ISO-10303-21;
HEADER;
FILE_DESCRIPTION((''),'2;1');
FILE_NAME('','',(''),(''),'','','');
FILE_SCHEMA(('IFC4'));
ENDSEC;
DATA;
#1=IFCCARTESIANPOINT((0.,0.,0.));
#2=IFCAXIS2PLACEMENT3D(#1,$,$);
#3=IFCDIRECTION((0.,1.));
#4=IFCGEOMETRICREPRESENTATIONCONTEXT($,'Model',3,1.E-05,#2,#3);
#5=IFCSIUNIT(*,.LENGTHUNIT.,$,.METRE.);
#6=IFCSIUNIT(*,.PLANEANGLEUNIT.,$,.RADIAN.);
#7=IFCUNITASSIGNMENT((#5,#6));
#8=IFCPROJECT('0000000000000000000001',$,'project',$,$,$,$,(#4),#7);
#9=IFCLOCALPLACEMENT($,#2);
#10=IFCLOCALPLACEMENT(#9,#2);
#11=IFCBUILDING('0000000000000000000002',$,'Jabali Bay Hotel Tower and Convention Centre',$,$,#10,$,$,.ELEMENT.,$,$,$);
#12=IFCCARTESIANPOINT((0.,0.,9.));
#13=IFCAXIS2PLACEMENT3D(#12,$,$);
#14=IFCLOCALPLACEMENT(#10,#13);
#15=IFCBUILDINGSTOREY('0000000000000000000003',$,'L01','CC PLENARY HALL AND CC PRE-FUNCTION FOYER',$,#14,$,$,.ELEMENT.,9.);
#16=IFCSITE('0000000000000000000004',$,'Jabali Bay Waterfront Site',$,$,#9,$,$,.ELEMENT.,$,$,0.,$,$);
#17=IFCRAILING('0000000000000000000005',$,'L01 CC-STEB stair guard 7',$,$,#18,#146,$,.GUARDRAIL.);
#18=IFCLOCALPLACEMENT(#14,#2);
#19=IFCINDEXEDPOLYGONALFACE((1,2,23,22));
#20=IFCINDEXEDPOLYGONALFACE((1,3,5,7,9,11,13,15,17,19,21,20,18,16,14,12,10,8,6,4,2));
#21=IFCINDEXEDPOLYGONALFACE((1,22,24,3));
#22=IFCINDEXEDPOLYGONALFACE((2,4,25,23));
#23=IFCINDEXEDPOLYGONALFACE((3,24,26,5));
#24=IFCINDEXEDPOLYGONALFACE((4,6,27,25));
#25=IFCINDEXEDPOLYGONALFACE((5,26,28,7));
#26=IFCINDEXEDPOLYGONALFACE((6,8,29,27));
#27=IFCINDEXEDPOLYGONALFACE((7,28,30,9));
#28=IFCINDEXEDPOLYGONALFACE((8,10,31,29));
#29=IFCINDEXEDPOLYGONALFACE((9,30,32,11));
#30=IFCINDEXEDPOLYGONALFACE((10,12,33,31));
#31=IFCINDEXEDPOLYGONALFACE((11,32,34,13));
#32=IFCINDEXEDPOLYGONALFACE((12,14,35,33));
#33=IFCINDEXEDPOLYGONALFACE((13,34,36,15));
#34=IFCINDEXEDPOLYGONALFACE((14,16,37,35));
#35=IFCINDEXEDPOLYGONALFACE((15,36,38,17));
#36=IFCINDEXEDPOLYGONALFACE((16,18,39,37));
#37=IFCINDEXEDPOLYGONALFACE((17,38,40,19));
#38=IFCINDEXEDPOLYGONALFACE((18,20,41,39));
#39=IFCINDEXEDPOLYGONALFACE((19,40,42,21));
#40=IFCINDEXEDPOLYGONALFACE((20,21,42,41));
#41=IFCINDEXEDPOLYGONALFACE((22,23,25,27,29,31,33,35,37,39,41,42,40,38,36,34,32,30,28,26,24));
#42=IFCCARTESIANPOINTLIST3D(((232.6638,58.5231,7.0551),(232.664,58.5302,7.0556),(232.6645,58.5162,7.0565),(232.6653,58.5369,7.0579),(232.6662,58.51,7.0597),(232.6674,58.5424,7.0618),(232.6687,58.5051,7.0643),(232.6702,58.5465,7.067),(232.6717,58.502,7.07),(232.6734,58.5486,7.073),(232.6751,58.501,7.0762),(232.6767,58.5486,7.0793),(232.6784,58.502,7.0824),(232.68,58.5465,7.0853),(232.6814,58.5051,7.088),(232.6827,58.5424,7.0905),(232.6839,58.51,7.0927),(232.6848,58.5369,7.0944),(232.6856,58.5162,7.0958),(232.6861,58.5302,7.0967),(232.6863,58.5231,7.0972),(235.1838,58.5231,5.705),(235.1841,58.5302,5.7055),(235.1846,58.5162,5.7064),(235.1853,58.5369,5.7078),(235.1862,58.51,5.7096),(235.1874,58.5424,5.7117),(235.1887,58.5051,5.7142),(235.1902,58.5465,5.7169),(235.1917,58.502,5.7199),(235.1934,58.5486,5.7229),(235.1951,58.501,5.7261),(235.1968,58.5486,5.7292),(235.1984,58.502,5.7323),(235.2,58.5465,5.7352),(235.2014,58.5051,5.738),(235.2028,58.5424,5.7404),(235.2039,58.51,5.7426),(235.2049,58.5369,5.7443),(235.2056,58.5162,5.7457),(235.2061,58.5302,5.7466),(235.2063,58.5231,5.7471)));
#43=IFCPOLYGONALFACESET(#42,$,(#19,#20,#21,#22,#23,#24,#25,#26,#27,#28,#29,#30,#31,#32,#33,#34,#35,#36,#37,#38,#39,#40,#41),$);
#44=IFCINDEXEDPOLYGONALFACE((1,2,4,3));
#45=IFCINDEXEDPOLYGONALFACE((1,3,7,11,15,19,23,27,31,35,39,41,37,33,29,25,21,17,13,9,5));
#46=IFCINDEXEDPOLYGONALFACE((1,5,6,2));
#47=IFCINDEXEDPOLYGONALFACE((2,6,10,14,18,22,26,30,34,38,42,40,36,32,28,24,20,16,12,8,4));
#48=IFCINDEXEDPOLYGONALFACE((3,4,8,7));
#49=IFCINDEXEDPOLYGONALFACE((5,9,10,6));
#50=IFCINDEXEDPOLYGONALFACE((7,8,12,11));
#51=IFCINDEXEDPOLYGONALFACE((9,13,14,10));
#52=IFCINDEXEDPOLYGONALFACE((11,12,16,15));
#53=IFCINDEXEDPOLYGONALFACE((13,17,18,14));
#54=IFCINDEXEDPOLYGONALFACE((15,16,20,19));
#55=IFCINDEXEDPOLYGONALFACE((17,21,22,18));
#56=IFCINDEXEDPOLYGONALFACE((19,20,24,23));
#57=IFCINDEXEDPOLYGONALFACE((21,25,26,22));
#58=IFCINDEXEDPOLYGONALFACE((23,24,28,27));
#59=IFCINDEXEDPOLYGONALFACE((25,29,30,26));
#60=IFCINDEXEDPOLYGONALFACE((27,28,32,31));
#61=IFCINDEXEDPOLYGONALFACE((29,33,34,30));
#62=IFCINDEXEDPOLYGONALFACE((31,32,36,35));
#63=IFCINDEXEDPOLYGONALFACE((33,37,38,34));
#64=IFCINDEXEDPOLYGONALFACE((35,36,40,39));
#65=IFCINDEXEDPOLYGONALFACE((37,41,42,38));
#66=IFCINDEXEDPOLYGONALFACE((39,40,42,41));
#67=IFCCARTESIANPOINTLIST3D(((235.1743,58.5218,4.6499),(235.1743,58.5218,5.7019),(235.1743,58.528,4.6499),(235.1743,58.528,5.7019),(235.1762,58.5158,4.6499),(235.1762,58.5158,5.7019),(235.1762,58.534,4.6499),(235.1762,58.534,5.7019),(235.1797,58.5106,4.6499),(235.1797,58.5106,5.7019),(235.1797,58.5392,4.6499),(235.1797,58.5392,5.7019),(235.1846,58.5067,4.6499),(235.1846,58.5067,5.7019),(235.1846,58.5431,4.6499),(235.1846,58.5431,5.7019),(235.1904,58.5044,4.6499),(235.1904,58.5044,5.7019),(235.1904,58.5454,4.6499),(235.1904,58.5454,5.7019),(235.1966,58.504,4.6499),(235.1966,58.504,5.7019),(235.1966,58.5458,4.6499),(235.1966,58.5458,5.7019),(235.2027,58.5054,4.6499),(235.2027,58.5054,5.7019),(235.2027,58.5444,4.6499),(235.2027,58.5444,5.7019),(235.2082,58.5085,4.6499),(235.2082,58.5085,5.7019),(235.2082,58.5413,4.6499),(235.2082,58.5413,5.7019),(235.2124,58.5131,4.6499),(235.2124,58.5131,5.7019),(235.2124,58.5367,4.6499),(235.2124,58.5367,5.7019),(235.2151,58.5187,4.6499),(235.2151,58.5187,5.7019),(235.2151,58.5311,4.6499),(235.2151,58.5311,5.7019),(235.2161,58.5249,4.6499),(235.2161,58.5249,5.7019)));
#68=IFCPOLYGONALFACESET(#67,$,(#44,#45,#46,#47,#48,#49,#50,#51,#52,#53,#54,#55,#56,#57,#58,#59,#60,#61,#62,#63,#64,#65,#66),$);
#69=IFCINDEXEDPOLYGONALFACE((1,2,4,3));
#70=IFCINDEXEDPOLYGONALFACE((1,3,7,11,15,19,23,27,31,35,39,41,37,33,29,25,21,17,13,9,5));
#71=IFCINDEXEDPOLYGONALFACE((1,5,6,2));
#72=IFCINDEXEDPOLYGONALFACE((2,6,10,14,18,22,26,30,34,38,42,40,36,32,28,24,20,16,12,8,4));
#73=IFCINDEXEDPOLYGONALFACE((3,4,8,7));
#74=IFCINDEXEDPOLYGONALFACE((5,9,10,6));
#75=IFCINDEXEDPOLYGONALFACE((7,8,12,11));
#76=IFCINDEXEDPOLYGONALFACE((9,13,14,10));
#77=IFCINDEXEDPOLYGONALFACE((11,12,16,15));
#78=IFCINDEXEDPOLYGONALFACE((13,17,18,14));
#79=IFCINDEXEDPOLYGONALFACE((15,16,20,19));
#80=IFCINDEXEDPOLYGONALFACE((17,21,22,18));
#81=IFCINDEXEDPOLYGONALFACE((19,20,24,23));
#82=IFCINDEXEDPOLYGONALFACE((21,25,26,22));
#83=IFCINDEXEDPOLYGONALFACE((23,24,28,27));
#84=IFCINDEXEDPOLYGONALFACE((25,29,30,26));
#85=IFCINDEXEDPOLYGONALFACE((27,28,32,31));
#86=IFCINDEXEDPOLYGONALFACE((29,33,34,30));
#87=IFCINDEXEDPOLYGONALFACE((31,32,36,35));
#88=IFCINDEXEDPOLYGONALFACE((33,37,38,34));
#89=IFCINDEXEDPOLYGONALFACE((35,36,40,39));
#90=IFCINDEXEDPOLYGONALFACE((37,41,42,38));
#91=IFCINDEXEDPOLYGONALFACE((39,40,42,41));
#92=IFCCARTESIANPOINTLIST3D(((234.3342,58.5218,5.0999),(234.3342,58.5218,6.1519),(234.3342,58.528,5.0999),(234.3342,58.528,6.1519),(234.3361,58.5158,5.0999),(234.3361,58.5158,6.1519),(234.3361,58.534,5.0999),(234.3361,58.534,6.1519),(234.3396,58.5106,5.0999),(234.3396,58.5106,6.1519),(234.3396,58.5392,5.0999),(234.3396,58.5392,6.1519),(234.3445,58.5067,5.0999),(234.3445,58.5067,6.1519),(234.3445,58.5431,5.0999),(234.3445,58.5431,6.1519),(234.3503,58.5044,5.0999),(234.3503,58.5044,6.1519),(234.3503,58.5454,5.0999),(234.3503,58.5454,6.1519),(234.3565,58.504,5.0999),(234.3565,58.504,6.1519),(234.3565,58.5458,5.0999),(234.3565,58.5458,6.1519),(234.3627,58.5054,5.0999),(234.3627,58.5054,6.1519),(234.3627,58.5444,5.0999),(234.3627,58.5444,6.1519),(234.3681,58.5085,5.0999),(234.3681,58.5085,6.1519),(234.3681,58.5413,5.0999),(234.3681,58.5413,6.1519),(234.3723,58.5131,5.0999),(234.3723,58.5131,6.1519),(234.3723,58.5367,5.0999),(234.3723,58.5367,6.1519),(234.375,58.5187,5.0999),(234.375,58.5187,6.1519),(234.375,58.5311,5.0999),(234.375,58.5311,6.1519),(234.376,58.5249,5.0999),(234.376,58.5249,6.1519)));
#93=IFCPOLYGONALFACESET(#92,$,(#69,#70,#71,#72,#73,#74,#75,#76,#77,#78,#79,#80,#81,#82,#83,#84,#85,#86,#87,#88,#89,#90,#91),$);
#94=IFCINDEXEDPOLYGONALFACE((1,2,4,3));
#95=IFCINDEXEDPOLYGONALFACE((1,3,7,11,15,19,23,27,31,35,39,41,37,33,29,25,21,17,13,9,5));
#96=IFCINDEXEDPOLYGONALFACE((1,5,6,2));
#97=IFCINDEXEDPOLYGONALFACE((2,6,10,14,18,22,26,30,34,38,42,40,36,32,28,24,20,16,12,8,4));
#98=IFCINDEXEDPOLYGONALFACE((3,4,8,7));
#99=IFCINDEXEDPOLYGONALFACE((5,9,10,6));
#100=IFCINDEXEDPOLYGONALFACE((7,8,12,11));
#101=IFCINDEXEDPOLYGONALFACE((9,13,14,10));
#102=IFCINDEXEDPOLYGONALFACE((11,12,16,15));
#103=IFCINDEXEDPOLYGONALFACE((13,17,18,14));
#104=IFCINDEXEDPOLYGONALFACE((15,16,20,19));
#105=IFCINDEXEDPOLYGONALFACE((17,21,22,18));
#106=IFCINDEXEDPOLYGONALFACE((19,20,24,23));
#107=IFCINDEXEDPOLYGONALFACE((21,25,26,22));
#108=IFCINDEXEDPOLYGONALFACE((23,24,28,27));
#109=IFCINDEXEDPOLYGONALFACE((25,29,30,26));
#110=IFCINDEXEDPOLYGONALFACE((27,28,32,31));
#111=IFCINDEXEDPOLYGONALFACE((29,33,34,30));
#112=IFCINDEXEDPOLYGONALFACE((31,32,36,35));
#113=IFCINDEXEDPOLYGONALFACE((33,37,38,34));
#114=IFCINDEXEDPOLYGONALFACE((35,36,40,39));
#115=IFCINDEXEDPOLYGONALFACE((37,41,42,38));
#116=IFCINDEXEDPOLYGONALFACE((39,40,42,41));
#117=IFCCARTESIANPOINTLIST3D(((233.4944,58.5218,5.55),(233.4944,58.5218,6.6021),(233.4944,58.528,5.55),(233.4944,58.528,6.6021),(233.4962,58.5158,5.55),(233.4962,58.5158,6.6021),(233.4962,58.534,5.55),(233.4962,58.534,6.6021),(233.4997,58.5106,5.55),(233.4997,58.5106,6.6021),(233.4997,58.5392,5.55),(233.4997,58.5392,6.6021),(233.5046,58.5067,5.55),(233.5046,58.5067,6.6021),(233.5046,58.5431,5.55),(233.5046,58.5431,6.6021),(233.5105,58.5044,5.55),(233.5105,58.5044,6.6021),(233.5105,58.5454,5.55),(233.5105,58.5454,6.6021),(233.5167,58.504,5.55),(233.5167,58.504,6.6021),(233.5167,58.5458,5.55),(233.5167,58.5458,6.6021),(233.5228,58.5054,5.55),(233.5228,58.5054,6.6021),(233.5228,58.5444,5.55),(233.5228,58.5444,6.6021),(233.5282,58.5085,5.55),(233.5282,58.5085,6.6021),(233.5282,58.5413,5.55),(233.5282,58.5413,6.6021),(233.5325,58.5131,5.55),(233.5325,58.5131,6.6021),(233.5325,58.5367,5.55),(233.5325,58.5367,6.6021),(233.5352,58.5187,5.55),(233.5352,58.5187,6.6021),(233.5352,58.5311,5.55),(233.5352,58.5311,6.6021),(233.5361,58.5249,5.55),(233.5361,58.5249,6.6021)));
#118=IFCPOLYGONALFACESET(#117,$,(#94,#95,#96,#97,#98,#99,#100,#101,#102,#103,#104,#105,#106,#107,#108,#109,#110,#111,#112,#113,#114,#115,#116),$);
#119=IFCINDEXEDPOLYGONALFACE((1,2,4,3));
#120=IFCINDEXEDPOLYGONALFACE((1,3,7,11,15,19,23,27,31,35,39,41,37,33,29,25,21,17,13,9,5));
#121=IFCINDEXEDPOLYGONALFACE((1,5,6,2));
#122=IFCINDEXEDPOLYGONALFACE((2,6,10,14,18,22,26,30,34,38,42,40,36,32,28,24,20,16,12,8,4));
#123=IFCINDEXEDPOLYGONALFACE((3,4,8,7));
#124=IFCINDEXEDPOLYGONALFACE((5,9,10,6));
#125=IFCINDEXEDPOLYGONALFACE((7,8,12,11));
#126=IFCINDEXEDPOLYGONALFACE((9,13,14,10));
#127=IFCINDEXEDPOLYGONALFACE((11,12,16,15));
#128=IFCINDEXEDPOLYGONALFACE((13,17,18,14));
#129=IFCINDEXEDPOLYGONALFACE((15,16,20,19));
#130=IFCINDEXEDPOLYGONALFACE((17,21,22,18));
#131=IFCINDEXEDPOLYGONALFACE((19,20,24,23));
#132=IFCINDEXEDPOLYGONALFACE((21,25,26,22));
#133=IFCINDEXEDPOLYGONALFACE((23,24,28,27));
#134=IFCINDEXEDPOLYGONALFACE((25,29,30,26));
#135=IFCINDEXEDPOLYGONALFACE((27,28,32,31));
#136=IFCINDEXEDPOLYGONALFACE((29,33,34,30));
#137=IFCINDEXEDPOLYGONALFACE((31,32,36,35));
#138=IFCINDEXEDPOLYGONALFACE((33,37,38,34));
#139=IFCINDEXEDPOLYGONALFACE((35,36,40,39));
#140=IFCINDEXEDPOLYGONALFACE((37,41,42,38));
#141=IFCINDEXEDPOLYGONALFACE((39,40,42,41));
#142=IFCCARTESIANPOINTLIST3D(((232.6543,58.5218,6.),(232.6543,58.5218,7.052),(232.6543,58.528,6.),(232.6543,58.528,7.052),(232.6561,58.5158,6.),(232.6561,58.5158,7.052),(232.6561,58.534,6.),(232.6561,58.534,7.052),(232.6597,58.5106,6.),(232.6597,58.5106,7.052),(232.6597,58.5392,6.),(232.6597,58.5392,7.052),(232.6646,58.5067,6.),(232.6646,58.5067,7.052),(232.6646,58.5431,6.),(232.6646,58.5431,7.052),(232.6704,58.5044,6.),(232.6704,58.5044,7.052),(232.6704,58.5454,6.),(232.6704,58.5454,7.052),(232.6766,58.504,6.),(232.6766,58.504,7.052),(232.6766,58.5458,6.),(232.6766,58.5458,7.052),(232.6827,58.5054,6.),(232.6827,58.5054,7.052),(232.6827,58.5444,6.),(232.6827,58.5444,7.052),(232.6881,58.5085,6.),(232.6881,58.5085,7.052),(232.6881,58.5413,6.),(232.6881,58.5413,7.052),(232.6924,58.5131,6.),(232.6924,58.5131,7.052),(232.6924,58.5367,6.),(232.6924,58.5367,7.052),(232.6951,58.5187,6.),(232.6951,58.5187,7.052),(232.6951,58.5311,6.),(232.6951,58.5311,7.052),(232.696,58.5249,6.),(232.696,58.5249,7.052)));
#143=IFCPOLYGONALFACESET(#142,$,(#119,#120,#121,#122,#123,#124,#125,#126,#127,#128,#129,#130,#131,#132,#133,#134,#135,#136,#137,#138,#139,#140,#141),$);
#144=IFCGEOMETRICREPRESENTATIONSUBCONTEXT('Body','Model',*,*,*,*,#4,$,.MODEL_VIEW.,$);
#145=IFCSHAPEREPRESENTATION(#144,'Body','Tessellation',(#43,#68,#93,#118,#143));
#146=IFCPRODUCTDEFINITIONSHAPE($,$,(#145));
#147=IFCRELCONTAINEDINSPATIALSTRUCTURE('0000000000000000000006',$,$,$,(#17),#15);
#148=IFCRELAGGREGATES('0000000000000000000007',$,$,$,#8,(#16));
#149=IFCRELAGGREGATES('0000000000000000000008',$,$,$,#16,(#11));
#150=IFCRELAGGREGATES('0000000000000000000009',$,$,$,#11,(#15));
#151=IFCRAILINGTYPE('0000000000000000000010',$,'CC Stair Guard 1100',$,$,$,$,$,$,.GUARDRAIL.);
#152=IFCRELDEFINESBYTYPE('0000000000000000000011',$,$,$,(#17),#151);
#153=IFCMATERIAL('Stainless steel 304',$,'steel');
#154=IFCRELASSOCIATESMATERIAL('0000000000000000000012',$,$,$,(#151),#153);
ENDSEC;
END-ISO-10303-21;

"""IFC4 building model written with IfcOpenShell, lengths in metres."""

from ifc_helpers import new_model, si_unit, direction, frame, origin, origin_2d, place, context, subcontext, project, spatial, circle, extrude, material, type_object, element, save


model = new_model("IFC4")

# Units and contexts
model_context = context("Model", 3, precision=1e-05, world=origin(), true_north=direction((0.0, 1.0)))
body_context = subcontext(model_context, "Body", "Model", "MODEL_VIEW")
ifc_project = project(units=[si_unit("LENGTHUNIT", "METRE"), si_unit("PLANEANGLEUNIT", "RADIAN")], contexts=[model_context])

# Site, building, storey
site_placement = place(None, origin())
site = spatial("IfcSite", under=ifc_project, at=site_placement, Name="Jabali Bay Waterfront Site", CompositionType="ELEMENT", RefElevation=0.0)
building_placement = place(site_placement, origin())
building = spatial("IfcBuilding", under=site, at=building_placement, Name="Jabali Bay Hotel Tower and Convention Centre", CompositionType="ELEMENT")
storey_placement = place(building_placement, frame((0.0, 0.0, 9.0)))
storey = spatial("IfcBuildingStorey", under=building, at=storey_placement, Name="L01", Description="CC PLENARY HALL AND CC PRE-FUNCTION FOYER", CompositionType="ELEMENT", Elevation=9.0)

# Railing
ifc_material_1 = material(Name="Stainless steel 304", Category="steel")
railing_type_1 = type_object("IfcRailingType", Name="CC Stair Guard 1100", PredefinedType="GUARDRAIL", material=ifc_material_1)
railing_1_placement = place(storey_placement, frame((235.1951, 58.5249, 4.6499)))
element("IfcRailing", 1, at=railing_1_placement, inside=storey, type_object=railing_type_1, Name="L01 CC-STEB stair guard 7", PredefinedType="GUARDRAIL", context=body_context, shape_type="SweptSolid", body=[
    extrude(circle(Radius=0.0239, at=origin_2d()), frame((0.0, 0.0, 1.0762), z_axis=(-0.881467, 0.0, 0.472245), x_axis=(0.0, -1.0, 0.0)), (0.0, 0.0, 1.0), 2.8589),
    extrude(circle(Radius=0.021, at=origin_2d()), origin(), (0.0, 0.0, 1.0), 1.052),
    extrude(circle(Radius=0.021, at=origin_2d()), frame((-0.8401, 0.0, 0.45)), (0.0, 0.0, 1.0), 1.052),
    extrude(circle(Radius=0.021, at=origin_2d()), frame((-1.6799, 0.0, 0.9001)), (0.0, 0.0, 1.0), 1.052),
    extrude(circle(Radius=0.021, at=origin_2d()), frame((-2.52, 0.0, 1.3501)), (0.0, 0.0, 1.0), 1.052),
])

save(model, "model.ifc")
